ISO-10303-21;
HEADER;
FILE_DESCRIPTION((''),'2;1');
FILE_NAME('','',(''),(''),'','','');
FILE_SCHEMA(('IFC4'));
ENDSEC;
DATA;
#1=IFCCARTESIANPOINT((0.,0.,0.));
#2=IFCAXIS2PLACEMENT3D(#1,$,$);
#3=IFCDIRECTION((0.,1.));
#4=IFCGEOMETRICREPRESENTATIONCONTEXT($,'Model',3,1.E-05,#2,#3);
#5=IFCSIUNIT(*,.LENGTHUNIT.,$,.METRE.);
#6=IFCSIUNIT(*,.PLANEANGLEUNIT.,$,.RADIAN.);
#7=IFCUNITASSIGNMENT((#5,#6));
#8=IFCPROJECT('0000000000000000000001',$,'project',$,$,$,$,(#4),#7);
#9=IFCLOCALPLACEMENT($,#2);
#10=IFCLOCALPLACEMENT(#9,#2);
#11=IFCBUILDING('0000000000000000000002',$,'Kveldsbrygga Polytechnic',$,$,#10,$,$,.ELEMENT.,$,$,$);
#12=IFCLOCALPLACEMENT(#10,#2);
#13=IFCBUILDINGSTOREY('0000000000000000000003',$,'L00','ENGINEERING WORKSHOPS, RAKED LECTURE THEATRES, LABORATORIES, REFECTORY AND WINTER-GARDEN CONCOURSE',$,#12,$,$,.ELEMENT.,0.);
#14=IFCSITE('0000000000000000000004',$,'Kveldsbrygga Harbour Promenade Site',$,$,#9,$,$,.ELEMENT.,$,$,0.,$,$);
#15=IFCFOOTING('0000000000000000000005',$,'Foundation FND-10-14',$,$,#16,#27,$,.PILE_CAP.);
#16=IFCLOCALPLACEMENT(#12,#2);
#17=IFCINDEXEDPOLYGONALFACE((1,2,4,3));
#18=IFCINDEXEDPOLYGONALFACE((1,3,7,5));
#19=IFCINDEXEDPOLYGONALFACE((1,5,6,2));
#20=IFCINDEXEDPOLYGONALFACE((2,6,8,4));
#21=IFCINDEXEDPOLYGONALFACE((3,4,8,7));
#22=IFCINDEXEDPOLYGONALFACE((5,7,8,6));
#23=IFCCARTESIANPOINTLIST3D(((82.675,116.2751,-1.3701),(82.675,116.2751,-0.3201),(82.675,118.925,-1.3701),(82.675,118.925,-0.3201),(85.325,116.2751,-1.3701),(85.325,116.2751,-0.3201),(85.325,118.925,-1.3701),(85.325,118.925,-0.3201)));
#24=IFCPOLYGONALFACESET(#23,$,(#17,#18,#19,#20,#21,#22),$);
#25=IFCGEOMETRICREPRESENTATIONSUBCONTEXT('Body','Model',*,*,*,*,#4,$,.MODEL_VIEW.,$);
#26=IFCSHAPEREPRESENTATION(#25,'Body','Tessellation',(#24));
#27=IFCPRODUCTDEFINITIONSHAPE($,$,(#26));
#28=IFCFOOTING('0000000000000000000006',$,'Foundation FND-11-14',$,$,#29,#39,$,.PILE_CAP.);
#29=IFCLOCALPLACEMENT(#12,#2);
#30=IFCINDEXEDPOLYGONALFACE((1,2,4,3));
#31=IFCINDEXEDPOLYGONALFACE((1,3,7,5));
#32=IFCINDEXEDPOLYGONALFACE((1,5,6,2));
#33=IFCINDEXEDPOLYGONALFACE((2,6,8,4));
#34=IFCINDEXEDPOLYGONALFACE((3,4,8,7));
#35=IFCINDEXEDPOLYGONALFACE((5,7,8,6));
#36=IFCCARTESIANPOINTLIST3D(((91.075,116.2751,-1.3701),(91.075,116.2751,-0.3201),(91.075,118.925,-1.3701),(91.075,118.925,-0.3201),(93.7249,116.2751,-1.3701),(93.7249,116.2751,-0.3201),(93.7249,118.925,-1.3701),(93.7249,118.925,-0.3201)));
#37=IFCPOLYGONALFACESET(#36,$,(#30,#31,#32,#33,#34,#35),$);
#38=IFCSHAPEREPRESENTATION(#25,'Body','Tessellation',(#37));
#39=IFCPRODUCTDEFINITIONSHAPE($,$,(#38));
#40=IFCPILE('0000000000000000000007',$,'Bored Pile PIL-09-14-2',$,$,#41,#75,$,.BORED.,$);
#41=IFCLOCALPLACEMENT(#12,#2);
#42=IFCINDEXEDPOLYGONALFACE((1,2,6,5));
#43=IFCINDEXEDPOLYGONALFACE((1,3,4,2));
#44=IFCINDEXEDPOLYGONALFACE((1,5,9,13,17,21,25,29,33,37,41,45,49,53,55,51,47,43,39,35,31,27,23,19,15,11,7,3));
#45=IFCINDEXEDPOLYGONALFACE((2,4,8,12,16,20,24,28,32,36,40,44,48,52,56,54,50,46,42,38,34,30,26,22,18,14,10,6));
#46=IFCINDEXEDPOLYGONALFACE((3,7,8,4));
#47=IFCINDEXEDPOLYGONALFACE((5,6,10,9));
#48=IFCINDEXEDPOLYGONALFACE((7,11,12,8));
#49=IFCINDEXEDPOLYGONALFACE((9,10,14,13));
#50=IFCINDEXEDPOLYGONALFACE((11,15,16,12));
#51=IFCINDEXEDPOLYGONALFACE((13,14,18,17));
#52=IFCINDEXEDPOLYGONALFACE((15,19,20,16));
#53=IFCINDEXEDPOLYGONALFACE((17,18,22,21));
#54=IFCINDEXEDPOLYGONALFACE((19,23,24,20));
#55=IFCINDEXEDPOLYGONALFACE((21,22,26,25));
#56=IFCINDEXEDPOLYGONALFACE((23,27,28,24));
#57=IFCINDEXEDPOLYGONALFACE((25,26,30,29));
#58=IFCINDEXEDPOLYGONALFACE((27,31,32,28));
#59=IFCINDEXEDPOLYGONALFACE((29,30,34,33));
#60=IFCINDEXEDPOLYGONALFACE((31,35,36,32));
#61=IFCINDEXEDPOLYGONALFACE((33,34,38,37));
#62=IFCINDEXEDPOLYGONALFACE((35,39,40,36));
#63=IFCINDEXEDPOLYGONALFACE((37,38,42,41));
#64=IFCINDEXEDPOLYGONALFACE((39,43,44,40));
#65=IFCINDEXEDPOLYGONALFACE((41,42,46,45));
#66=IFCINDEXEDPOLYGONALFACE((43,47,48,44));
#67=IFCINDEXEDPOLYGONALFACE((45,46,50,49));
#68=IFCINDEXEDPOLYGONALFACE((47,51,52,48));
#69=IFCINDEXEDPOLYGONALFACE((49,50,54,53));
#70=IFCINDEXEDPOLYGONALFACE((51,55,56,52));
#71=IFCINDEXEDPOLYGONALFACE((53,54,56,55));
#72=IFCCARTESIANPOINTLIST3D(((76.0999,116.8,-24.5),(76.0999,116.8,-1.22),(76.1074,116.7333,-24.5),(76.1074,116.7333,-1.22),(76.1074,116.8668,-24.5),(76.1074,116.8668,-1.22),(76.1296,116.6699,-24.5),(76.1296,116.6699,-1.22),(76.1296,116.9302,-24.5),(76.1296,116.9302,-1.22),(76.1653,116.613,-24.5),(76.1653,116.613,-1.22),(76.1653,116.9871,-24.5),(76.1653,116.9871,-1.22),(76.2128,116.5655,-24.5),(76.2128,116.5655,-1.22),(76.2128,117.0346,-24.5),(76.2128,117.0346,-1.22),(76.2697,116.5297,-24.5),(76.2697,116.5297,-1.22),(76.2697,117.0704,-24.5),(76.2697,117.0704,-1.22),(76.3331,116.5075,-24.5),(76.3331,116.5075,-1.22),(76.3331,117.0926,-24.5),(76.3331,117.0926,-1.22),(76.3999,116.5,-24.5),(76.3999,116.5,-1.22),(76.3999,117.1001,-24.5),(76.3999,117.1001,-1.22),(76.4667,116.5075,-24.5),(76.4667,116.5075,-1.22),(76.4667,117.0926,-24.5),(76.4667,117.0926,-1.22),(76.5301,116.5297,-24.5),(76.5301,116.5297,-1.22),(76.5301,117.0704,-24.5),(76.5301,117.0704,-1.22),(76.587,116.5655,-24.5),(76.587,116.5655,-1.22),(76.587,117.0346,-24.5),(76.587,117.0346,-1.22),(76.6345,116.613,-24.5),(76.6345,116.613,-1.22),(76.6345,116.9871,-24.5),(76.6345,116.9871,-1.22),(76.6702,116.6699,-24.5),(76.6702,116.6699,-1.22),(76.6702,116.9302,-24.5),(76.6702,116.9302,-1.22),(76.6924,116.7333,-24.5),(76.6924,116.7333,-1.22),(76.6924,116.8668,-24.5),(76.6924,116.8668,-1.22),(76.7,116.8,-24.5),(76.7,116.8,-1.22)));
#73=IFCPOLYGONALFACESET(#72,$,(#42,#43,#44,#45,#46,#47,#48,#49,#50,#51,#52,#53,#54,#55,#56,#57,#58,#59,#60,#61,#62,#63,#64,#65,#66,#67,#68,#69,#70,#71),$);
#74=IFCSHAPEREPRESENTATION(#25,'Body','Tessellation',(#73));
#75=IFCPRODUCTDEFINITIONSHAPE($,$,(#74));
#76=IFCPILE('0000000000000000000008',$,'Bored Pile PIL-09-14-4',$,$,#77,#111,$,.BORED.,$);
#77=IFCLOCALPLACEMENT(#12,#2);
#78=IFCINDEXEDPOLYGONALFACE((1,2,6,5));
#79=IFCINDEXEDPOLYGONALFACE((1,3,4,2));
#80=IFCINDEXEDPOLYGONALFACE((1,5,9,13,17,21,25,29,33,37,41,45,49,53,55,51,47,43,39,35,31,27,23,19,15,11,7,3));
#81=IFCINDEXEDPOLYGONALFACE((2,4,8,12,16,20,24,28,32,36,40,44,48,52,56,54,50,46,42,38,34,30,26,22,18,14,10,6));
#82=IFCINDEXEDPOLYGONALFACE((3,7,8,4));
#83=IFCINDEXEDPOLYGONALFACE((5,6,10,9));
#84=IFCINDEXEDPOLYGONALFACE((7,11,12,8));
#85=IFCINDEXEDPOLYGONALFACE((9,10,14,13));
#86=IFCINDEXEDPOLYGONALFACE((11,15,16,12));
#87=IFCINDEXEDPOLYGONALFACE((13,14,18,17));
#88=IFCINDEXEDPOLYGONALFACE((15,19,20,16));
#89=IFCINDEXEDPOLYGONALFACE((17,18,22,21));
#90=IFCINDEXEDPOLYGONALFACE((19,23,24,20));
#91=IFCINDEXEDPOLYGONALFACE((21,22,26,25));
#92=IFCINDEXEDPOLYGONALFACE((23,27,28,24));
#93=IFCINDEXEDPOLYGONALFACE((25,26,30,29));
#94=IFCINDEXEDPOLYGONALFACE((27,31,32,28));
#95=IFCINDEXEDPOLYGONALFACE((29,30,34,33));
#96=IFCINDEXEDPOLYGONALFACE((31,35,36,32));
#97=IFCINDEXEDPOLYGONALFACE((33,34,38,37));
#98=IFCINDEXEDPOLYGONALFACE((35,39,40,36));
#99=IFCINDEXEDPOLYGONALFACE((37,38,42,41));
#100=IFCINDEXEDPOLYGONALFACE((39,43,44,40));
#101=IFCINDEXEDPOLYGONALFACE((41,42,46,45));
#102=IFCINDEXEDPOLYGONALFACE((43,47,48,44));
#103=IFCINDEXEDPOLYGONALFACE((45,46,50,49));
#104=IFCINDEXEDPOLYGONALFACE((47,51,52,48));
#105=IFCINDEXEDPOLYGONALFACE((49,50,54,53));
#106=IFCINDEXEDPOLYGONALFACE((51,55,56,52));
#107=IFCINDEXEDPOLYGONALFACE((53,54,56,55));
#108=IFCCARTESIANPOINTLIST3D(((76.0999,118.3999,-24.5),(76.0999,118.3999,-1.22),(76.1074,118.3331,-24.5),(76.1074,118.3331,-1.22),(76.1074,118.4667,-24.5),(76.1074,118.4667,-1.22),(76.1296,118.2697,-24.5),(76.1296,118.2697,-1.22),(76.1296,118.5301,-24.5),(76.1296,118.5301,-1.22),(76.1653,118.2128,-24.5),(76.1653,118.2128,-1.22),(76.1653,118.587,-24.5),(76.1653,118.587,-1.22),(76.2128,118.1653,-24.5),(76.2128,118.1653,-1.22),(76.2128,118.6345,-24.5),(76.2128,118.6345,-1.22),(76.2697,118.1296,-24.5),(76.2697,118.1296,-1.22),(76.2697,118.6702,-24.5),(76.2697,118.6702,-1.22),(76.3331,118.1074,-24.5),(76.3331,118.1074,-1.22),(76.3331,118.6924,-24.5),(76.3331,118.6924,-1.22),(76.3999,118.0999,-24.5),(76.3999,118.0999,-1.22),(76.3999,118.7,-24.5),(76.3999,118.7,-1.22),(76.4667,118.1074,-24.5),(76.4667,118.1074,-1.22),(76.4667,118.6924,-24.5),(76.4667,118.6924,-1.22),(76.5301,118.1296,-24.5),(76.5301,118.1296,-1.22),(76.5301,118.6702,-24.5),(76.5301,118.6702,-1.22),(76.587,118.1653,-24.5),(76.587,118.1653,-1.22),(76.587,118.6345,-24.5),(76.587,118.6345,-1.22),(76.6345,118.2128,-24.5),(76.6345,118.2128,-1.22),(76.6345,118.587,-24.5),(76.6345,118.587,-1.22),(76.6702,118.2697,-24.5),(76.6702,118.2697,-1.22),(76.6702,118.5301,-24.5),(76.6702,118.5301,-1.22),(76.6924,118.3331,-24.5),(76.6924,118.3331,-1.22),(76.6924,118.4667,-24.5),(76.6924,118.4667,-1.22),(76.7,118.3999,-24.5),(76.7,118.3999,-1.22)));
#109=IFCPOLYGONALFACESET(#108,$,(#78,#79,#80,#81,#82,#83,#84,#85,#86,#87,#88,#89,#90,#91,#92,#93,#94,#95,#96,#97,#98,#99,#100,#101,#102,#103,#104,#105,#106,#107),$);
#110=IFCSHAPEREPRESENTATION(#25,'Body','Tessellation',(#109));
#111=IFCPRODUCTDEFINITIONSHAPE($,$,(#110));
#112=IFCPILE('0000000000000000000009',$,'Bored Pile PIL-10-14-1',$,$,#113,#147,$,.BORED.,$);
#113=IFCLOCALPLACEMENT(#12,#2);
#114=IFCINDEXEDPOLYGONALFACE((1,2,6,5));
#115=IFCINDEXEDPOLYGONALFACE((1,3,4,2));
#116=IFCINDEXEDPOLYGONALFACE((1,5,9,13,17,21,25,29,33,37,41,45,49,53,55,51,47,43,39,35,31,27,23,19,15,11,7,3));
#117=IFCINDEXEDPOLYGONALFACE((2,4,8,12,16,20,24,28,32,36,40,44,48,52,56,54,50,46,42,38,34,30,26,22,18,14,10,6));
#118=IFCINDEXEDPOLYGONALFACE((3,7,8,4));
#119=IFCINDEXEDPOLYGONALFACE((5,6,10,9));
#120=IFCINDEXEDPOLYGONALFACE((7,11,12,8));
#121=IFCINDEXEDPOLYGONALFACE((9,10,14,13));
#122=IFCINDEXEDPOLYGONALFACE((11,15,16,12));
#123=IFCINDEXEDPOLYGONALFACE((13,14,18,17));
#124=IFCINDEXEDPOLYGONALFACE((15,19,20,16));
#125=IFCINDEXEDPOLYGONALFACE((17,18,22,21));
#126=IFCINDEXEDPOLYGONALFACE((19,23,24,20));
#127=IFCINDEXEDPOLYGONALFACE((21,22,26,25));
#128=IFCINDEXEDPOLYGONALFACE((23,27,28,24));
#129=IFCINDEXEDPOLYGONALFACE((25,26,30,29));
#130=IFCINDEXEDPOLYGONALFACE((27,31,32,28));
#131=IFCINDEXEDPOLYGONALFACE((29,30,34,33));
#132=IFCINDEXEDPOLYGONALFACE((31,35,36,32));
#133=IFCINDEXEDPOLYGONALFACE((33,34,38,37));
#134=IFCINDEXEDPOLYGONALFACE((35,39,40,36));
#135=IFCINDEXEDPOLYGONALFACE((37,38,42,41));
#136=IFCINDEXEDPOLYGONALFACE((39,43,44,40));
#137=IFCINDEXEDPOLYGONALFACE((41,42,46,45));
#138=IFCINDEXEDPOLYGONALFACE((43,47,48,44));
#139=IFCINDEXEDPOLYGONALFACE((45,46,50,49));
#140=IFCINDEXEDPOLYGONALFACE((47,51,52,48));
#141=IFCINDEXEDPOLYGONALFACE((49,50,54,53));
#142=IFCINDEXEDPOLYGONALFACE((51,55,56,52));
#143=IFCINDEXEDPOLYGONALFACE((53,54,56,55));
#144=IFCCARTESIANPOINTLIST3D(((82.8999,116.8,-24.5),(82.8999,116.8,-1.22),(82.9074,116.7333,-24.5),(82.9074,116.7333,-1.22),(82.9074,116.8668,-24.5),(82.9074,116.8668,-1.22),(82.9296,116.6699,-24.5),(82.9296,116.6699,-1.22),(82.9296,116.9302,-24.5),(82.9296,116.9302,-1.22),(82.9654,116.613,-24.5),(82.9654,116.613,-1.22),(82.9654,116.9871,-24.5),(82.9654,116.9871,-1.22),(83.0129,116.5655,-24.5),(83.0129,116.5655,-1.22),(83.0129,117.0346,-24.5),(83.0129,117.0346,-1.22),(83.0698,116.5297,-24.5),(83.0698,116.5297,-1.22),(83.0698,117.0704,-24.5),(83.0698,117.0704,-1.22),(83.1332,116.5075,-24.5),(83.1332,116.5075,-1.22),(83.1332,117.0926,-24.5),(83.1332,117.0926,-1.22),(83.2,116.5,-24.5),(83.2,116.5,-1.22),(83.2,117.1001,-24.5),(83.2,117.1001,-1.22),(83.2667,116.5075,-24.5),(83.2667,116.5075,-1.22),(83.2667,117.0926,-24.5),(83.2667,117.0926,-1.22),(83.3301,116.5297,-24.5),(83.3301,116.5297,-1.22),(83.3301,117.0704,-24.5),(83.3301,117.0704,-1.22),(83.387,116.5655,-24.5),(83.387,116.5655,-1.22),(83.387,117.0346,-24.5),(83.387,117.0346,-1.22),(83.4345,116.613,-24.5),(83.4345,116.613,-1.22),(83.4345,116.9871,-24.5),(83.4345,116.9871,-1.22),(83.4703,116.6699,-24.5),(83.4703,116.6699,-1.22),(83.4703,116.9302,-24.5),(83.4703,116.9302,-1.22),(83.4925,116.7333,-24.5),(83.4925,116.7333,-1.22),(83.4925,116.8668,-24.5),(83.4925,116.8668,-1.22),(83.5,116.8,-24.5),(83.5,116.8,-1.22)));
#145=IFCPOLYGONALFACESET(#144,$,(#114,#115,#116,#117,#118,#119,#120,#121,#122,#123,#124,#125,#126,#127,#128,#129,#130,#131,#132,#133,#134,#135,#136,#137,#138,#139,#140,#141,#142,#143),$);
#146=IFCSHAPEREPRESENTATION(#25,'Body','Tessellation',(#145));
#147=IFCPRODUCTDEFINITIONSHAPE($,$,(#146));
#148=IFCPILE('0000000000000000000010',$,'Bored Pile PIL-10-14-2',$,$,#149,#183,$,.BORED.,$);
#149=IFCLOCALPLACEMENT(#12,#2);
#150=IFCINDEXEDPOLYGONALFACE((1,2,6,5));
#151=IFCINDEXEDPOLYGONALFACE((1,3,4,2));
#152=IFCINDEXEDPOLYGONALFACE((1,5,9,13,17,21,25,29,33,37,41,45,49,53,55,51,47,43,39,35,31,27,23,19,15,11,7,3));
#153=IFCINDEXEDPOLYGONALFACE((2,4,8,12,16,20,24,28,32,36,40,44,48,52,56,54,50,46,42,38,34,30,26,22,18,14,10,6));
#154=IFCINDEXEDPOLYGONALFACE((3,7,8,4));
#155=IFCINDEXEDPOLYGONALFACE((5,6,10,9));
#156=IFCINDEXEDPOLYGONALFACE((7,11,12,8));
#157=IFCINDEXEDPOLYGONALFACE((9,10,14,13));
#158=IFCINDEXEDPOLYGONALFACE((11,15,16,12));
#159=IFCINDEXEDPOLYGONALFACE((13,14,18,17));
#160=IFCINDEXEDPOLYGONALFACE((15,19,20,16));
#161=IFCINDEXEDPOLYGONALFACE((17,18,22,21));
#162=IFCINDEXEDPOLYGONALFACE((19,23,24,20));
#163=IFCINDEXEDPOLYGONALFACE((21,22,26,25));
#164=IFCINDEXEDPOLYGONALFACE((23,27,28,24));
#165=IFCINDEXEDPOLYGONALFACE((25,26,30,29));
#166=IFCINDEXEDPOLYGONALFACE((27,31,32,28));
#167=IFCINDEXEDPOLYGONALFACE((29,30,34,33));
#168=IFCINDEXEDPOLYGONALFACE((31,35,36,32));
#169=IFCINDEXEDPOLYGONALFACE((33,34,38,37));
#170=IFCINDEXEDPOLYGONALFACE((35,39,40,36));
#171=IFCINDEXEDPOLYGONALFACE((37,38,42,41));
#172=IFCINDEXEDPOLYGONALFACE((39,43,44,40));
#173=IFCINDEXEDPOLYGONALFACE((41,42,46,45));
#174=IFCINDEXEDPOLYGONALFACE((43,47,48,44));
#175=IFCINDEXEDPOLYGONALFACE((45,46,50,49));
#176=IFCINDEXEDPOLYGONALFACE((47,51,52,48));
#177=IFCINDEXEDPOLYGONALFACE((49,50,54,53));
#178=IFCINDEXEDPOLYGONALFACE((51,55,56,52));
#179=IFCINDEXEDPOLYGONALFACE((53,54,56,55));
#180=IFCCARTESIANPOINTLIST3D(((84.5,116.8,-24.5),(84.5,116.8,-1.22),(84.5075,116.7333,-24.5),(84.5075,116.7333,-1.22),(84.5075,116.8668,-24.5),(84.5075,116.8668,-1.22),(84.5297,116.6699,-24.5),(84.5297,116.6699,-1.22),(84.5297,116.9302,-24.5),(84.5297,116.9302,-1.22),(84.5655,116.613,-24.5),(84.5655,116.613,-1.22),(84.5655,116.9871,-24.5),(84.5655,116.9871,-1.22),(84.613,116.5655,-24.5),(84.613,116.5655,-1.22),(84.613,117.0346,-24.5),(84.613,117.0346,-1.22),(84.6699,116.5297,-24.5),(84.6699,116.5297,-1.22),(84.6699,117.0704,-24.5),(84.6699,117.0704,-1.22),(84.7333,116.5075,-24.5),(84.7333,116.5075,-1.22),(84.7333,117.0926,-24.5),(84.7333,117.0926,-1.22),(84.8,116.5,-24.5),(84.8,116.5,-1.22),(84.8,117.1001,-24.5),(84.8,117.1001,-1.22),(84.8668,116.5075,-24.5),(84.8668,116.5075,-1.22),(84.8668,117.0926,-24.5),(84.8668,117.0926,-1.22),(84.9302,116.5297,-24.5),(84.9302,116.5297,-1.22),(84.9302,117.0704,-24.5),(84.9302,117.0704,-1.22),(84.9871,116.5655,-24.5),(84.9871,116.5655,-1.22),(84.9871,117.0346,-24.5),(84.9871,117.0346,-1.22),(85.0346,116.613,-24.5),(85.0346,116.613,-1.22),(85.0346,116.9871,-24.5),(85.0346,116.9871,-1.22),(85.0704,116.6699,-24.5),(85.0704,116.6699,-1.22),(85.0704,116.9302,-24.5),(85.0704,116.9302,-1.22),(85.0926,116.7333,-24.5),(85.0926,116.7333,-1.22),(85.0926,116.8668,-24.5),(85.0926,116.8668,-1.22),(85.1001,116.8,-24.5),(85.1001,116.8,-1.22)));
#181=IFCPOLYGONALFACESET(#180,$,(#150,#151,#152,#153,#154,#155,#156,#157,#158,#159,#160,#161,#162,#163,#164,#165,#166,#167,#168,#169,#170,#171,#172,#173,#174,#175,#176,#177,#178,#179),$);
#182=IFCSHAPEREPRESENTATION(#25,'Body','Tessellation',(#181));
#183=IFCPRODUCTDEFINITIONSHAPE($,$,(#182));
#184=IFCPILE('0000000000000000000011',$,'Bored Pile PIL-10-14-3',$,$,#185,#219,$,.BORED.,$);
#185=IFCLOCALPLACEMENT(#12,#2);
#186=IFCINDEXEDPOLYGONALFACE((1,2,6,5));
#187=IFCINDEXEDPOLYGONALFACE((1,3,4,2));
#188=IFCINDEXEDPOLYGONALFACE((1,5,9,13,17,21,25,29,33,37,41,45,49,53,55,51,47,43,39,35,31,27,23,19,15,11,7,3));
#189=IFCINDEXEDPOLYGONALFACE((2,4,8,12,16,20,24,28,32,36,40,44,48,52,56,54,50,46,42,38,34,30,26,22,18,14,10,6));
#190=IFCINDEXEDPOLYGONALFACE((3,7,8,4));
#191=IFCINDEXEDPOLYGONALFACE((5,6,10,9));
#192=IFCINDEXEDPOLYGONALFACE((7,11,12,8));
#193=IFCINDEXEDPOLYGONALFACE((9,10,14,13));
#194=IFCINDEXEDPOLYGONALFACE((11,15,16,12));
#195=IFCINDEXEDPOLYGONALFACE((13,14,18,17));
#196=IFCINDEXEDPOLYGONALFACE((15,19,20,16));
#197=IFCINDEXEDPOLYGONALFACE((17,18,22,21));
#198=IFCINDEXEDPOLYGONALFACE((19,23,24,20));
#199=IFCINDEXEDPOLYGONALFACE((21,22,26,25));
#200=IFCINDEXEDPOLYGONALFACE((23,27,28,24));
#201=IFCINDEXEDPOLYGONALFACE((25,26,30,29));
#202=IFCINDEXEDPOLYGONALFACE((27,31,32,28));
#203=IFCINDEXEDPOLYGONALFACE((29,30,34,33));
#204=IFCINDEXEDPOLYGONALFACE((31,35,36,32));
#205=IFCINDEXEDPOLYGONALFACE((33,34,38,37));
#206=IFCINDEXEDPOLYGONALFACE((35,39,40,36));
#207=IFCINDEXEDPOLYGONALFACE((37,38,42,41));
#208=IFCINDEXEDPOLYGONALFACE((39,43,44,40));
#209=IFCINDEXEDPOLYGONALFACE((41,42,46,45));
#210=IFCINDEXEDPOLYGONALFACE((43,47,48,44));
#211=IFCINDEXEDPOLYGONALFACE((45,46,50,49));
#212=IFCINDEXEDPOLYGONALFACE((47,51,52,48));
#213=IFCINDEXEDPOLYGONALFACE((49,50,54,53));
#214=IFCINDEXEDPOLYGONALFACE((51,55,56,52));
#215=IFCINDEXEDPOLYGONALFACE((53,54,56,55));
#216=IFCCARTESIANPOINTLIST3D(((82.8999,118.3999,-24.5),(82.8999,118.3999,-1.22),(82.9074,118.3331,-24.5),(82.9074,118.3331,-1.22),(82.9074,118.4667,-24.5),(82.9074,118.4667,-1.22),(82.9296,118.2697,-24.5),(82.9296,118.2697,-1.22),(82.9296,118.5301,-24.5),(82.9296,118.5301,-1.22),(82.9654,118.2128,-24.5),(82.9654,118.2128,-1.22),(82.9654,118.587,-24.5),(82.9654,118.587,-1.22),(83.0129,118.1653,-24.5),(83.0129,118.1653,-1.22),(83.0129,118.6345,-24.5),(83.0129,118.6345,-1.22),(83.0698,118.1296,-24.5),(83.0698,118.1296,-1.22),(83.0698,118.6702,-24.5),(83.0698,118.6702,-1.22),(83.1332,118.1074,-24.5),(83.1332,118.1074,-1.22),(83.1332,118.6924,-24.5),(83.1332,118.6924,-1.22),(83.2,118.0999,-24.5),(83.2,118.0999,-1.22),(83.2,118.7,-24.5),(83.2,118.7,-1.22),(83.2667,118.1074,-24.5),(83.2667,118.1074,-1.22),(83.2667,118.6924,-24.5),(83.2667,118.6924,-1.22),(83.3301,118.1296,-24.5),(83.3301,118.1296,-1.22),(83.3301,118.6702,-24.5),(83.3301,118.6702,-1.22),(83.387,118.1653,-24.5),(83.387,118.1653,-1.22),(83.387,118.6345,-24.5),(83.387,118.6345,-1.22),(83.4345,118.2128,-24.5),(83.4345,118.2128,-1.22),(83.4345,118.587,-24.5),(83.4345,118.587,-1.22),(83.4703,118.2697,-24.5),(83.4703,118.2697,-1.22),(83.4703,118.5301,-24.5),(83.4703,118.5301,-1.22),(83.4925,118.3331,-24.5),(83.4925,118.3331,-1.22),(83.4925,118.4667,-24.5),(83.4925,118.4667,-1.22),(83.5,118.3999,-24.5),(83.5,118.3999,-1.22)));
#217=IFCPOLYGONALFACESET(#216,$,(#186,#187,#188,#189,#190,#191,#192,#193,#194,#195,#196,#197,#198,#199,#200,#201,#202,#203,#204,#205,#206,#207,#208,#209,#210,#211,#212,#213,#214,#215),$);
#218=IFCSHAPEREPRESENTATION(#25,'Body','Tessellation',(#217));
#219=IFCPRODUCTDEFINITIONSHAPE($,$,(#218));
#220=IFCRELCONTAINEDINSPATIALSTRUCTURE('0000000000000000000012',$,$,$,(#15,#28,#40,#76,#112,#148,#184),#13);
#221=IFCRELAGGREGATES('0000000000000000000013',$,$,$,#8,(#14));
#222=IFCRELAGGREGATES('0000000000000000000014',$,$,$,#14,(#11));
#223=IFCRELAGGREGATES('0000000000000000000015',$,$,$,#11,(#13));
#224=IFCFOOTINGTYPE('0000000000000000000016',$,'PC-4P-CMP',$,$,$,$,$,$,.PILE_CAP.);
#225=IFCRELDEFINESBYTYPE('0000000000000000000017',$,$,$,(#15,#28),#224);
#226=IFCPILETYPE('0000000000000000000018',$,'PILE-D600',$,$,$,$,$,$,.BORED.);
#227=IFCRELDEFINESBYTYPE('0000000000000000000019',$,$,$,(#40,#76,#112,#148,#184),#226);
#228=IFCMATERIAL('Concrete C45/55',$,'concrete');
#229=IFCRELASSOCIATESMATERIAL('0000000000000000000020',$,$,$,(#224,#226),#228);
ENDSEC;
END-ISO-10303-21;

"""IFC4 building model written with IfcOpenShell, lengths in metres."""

from ifc_helpers import new_model, si_unit, direction, frame, origin, origin_2d, place, context, subcontext, project, spatial, rectangle, circle, extrude, material, material_profile, profile_set, type_object, element, save


model = new_model("IFC4")

# Units and contexts
model_context = context("Model", 3, precision=1e-05, world=origin(), true_north=direction((0.0, 1.0)))
body_context = subcontext(model_context, "Body", "Model", "MODEL_VIEW")
ifc_project = project(units=[si_unit("LENGTHUNIT", "METRE"), si_unit("PLANEANGLEUNIT", "RADIAN")], contexts=[model_context])

# Site, building, storey
site_placement = place(None, origin())
site = spatial("IfcSite", under=ifc_project, at=site_placement, Name="Kveldsbrygga Harbour Promenade Site", CompositionType="ELEMENT", RefElevation=0.0)
building_placement = place(site_placement, origin())
building = spatial("IfcBuilding", under=site, at=building_placement, Name="Kveldsbrygga Polytechnic", CompositionType="ELEMENT")
storey_placement = place(building_placement, origin())
storey = spatial("IfcBuildingStorey", under=building, at=storey_placement, Name="L00", Description="ENGINEERING WORKSHOPS, RAKED LECTURE THEATRES, LABORATORIES, REFECTORY AND WINTER-GARDEN CONCOURSE", CompositionType="ELEMENT", Elevation=0.0)

# Footings
ifc_material_1 = material(Name="Concrete C45/55", Category="concrete")
footing_type = type_object("IfcFootingType", Name="PC-4P-CMP", PredefinedType="PILE_CAP", material=ifc_material_1)
for number, where, z_axis, x_axis, name in (
    (1, (84.0, 117.6001, -1.3701), (0.0, 0.0, 1.0), (1.0, 0.0, 0.0), "Foundation FND-10-14"),
    (2, (92.3999, 117.6001, -1.3701), (0.0, 0.0, 1.0), (1.0, 0.0, 0.0), "Foundation FND-11-14"),
):
    element("IfcFooting", number, at=place(storey_placement, frame(where, z_axis=z_axis, x_axis=x_axis)), inside=storey, type_object=footing_type, Name=name, PredefinedType="PILE_CAP", context=body_context, shape_type="SweptSolid", body=[
        extrude(rectangle(XDim=2.6499, YDim=2.6499, at=origin_2d()), origin(), (0.0, 0.0, 1.0), 1.05),
    ])

# Piles
ifc_material_profile_1 = material_profile(ifc_material_1, circle(Radius=0.3, at=origin_2d()), Name="PILE D600")
ifc_profile_set_1 = profile_set([ifc_material_profile_1], Name="Concrete C45/55")
pile_type = type_object("IfcPileType", Name="PILE-D600", PredefinedType="BORED", material=ifc_profile_set_1)
for number, where, z_axis, x_axis, name in (
    (3, (76.3999, 116.8, -1.22), (0.0, 0.0, -1.0), (1.0, 0.0, 0.0), "Bored Pile PIL-09-14-2"),
    (4, (76.3999, 118.3999, -1.22), (0.0, 0.0, -1.0), (1.0, 0.0, 0.0), "Bored Pile PIL-09-14-4"),
    (5, (83.2, 116.8, -1.22), (0.0, 0.0, -1.0), (1.0, 0.0, 0.0), "Bored Pile PIL-10-14-1"),
    (6, (84.8, 116.8, -1.22), (0.0, 0.0, -1.0), (1.0, 0.0, 0.0), "Bored Pile PIL-10-14-2"),
    (7, (83.2, 118.3999, -1.22), (0.0, 0.0, -1.0), (1.0, 0.0, 0.0), "Bored Pile PIL-10-14-3"),
):
    element("IfcPile", number, at=place(storey_placement, frame(where, z_axis=z_axis, x_axis=x_axis)), inside=storey, type_object=pile_type, Name=name, PredefinedType="BORED", context=body_context, shape_type="SweptSolid", body=[
        extrude(circle(Radius=0.3, at=origin_2d()), origin(), (0.0, 0.0, 1.0), 23.28),
    ])

save(model, "model.ifc")
